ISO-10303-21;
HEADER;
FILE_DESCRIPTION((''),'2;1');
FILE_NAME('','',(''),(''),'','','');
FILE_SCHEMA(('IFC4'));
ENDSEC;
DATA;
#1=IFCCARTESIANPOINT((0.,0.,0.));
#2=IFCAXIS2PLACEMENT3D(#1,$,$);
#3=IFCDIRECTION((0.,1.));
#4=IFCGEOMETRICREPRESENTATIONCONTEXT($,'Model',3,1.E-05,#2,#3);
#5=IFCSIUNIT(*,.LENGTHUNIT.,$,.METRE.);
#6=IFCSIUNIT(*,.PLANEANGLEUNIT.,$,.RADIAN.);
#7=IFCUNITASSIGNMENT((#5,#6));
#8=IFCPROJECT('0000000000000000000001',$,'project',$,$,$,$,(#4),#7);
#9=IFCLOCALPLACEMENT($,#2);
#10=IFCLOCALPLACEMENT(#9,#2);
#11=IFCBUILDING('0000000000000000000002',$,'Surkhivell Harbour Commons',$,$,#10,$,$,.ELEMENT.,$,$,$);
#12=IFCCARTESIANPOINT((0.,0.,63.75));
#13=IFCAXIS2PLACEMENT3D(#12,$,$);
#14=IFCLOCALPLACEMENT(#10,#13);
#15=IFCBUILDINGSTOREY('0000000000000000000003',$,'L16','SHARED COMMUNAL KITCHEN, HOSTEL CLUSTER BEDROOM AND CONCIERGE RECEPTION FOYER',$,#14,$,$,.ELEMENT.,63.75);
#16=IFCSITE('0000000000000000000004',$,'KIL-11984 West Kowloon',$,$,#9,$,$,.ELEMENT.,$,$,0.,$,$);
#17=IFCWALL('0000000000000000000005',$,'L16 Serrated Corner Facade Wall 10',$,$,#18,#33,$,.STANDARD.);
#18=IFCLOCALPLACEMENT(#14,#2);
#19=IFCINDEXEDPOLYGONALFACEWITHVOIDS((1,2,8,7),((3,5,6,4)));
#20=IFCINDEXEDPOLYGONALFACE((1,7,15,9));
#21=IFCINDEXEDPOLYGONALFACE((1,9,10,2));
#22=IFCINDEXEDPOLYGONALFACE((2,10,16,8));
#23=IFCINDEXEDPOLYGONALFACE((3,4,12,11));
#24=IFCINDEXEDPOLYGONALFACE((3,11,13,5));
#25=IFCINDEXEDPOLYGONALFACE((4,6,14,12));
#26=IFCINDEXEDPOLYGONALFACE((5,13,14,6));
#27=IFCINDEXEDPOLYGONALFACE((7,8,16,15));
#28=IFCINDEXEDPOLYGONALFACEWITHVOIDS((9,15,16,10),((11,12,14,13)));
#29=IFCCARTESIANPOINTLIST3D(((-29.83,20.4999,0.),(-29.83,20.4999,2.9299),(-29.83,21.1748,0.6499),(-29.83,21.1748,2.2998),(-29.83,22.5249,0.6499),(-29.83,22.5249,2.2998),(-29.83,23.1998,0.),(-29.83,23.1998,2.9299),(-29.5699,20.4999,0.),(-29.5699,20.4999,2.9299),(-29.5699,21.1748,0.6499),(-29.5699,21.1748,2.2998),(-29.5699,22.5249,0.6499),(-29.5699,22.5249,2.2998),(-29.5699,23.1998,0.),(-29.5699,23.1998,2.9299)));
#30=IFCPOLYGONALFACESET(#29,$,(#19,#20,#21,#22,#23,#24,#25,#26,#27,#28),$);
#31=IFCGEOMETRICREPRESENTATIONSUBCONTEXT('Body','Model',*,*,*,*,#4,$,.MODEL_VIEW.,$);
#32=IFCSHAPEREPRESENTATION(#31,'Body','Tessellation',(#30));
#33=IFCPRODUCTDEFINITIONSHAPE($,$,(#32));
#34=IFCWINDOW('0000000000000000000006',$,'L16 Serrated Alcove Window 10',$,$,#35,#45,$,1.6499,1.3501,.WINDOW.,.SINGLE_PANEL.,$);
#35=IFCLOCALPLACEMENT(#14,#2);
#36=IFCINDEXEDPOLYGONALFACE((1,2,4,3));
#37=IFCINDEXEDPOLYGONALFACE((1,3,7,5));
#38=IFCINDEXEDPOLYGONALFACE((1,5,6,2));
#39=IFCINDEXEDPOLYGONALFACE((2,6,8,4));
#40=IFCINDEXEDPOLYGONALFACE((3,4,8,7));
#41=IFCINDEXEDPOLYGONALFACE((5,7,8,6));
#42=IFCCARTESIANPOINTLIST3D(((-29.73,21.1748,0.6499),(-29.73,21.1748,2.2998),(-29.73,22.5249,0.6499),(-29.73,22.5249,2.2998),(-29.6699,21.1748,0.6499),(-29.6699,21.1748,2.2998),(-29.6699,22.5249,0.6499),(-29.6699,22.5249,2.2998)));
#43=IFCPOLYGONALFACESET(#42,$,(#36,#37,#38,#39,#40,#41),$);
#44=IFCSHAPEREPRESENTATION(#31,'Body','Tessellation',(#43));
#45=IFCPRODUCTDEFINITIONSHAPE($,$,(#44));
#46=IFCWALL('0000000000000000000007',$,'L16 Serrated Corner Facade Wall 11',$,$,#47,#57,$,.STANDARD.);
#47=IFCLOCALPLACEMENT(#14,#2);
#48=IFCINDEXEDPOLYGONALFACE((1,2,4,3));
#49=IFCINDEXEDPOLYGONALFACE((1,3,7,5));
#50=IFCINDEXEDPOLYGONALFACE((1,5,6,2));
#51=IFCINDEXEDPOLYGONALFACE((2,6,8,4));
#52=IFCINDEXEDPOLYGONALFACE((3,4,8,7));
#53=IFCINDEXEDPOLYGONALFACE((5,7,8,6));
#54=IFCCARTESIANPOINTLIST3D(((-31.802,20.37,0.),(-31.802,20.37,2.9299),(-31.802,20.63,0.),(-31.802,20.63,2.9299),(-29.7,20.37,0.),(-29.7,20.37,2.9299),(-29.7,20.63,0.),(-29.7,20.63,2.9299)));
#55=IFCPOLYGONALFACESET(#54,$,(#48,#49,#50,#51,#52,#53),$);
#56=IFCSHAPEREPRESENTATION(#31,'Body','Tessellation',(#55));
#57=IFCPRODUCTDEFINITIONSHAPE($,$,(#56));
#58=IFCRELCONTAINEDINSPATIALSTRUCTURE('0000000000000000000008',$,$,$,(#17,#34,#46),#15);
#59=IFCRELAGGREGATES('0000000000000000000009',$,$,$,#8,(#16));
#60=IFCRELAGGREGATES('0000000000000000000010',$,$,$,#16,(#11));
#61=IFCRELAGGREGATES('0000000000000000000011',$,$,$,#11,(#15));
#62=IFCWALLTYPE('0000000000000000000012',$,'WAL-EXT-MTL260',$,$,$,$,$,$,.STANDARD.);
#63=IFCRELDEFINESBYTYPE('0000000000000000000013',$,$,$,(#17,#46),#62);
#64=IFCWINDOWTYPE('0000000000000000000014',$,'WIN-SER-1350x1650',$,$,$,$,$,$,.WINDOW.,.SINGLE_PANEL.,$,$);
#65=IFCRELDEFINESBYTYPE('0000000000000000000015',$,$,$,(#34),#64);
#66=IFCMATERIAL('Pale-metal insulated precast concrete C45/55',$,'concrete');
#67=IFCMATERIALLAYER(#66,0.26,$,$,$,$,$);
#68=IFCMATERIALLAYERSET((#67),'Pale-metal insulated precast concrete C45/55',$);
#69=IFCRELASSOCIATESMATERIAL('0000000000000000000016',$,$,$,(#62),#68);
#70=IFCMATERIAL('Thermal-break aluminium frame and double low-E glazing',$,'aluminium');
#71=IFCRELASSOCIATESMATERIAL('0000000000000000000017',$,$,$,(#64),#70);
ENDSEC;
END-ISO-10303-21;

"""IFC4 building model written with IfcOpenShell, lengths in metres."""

from ifc_helpers import new_model, si_unit, direction, frame, frame_2d, origin, place, context, subcontext, project, spatial, rectangle, extrude, material, layer, layer_set, type_object, element, fill, save


model = new_model("IFC4")

# Units and contexts
model_context = context("Model", 3, precision=1e-05, world=origin(), true_north=direction((0.0, 1.0)))
body_context = subcontext(model_context, "Body", "Model", "MODEL_VIEW")
ifc_project = project(units=[si_unit("LENGTHUNIT", "METRE"), si_unit("PLANEANGLEUNIT", "RADIAN")], contexts=[model_context])

# Site, building, storey
site_placement = place(None, origin())
site = spatial("IfcSite", under=ifc_project, at=site_placement, Name="KIL-11984 West Kowloon", CompositionType="ELEMENT", RefElevation=0.0)
building_placement = place(site_placement, origin())
building = spatial("IfcBuilding", under=site, at=building_placement, Name="Surkhivell Harbour Commons", CompositionType="ELEMENT")
storey_placement = place(building_placement, frame((0.0, 0.0, 63.75)))
storey = spatial("IfcBuildingStorey", under=building, at=storey_placement, Name="L16", Description="SHARED COMMUNAL KITCHEN, HOSTEL CLUSTER BEDROOM AND CONCIERGE RECEPTION FOYER", CompositionType="ELEMENT", Elevation=63.75)

# Shared definitions
ifc_material_1 = material(Name="Pale-metal insulated precast concrete C45/55", Category="concrete")
ifc_layer_1 = layer(ifc_material_1, 0.26)
ifc_layer_set_1 = layer_set([ifc_layer_1], Name="Pale-metal insulated precast concrete C45/55")
wall_type = type_object("IfcWallType", Name="WAL-EXT-MTL260", PredefinedType="STANDARD", material=ifc_layer_set_1)

# Wall, opening, window
wall_1_placement = place(storey_placement, frame((-29.7, 23.2, 0.0), z_axis=(0.0, 0.0, 1.0), x_axis=(0.0, -1.0, 0.0)))
wall_1 = element("IfcWall", 1, at=wall_1_placement, inside=storey, type_object=wall_type, Name="L16 Serrated Corner Facade Wall 10", PredefinedType="STANDARD", context=body_context, shape_type="SweptSolid", body=[
    extrude(rectangle(XDim=2.7, YDim=0.26, at=frame_2d((1.3501, 0.0))), origin(), (0.0, 0.0, 1.0), 2.9299),
])
opening_placement = place(wall_1_placement, frame((0.675, 0.0, 0.6499)))
opening = element("IfcOpeningElement", 2, at=opening_placement, cuts=wall_1, PredefinedType="OPENING", context=body_context, shape_type="SweptSolid", body=[
    extrude(rectangle(XDim=1.3501, YDim=1.6499, at=frame_2d((0.675, 0.825))), frame((0.0, 0.1399, 0.0), z_axis=(0.0, -1.0, 0.0), x_axis=(1.0, 0.0, 0.0)), (0.0, 0.0, 1.0), 0.28),
])
ifc_material_2 = material(Name="Thermal-break aluminium frame and double low-E glazing", Category="aluminium")
window_type = type_object("IfcWindowType", Name="WIN-SER-1350x1650", PartitioningType="SINGLE_PANEL", PredefinedType="WINDOW", material=ifc_material_2)
window_placement = place(opening_placement, origin())
window = element("IfcWindow", 3, at=window_placement, inside=storey, type_object=window_type, Name="L16 Serrated Alcove Window 10", OverallHeight=1.6499, OverallWidth=1.3501, PartitioningType="SINGLE_PANEL", PredefinedType="WINDOW", context=body_context, shape_type="SweptSolid", body=[
    extrude(rectangle(XDim=1.3501, YDim=1.6499, at=frame_2d((0.675, 0.825))), frame((0.0, 0.03, 0.0), z_axis=(0.0, -1.0, 0.0), x_axis=(1.0, 0.0, 0.0)), (0.0, 0.0, 1.0), 0.0601),
])
fill(opening, window)

# Wall
wall_2_placement = place(storey_placement, frame((-29.7, 20.5, 0.0), z_axis=(0.0, 0.0, 1.0), x_axis=(-1.0, 0.0, 0.0)))
element("IfcWall", 4, at=wall_2_placement, inside=storey, type_object=wall_type, Name="L16 Serrated Corner Facade Wall 11", PredefinedType="STANDARD", context=body_context, shape_type="SweptSolid", body=[
    extrude(rectangle(XDim=2.1021, YDim=0.26, at=frame_2d((1.051, 0.0))), origin(), (0.0, 0.0, 1.0), 2.9299),
])

save(model, "model.ifc")
